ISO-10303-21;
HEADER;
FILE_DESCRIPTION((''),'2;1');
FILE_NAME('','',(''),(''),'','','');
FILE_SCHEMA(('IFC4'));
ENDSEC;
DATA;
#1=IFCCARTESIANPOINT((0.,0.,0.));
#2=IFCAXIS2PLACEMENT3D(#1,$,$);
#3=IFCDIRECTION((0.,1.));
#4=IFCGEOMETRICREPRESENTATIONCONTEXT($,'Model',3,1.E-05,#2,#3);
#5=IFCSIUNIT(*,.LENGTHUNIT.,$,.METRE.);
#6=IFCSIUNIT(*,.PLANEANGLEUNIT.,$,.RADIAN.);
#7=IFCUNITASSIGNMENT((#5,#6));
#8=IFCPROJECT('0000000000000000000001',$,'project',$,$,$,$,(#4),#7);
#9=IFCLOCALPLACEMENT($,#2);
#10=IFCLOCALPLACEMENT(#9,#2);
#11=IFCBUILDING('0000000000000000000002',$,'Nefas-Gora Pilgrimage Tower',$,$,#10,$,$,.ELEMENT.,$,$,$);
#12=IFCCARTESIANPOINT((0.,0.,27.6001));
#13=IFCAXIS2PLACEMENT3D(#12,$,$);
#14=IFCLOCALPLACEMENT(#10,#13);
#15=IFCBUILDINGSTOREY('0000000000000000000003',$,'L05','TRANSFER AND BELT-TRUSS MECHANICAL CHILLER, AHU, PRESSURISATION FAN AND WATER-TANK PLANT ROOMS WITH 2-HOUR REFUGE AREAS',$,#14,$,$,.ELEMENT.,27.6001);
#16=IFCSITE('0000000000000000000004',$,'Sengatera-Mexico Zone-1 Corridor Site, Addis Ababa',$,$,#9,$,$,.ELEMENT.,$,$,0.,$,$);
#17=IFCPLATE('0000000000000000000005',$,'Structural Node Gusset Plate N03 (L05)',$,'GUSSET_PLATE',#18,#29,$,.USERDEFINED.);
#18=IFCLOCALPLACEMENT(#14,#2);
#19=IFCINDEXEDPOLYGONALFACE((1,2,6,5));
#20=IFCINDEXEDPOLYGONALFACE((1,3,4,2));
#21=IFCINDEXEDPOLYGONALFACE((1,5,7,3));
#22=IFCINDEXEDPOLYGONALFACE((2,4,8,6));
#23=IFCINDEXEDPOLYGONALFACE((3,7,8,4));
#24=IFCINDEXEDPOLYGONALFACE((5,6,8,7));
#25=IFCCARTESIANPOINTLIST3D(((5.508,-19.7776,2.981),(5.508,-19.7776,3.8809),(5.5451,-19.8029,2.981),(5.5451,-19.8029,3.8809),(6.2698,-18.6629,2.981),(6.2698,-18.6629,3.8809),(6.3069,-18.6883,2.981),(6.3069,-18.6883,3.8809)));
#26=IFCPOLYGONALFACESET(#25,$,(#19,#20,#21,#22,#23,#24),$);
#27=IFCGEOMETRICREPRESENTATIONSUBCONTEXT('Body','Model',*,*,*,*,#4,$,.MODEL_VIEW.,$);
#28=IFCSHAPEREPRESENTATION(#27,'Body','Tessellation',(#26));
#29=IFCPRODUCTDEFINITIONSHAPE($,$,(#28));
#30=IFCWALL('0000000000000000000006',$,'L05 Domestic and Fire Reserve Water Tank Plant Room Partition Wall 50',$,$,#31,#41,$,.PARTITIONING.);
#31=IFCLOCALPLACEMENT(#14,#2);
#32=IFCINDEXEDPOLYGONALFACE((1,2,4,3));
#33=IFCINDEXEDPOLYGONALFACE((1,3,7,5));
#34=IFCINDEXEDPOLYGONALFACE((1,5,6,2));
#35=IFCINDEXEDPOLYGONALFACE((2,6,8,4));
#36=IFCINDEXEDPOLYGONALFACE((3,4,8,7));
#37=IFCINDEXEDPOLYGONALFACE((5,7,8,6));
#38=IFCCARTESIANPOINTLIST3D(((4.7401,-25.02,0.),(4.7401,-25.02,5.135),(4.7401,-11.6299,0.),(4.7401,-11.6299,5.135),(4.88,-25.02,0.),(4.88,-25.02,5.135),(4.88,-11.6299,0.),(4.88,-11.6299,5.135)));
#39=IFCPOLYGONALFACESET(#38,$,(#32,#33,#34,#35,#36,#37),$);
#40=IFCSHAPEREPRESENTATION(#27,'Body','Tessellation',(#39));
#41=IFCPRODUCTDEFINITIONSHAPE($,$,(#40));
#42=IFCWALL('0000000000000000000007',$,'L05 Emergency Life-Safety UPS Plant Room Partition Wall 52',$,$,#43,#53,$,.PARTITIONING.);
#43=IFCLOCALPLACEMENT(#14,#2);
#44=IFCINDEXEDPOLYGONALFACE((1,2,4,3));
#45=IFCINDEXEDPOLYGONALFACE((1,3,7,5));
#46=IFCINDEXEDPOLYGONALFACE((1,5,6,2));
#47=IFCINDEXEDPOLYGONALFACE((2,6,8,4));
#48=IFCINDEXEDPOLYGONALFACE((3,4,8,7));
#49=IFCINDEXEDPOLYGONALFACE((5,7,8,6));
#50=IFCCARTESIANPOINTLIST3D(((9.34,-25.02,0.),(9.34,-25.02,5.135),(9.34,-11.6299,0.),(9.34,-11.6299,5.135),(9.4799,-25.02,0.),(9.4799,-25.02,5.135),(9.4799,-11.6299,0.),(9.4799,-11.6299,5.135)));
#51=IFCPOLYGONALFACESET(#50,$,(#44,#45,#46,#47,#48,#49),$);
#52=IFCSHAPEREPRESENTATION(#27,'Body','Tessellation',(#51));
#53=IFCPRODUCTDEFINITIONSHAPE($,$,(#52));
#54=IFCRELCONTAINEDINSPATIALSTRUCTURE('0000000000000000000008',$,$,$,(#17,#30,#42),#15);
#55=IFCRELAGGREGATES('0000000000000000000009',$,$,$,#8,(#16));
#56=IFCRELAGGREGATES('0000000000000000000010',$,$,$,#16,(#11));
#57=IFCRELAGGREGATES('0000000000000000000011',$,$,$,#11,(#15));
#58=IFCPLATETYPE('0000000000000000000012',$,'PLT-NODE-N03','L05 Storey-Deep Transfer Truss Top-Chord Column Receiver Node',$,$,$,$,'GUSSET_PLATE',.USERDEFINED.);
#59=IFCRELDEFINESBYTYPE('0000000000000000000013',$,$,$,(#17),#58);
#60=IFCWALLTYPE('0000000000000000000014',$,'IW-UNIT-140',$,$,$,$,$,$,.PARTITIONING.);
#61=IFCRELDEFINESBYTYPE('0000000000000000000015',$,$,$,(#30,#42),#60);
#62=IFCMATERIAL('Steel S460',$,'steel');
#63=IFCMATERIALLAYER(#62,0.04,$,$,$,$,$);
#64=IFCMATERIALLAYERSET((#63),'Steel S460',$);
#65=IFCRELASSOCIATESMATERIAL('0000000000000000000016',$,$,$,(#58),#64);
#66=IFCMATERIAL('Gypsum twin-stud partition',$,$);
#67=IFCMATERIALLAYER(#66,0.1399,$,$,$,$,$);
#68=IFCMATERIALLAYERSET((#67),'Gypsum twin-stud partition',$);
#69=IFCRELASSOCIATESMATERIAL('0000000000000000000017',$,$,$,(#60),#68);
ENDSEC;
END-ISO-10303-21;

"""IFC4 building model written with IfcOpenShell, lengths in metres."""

from ifc_helpers import new_model, si_unit, direction, frame, frame_2d, origin, origin_2d, place, context, subcontext, project, spatial, rectangle, extrude, source, transform, mapped, material, layer, layer_set, type_object, element, save


model = new_model("IFC4")

# Units and contexts
model_context = context("Model", 3, precision=1e-05, world=origin(), true_north=direction((0.0, 1.0)))
body_context = subcontext(model_context, "Body", "Model", "MODEL_VIEW")
ifc_project = project(units=[si_unit("LENGTHUNIT", "METRE"), si_unit("PLANEANGLEUNIT", "RADIAN")], contexts=[model_context])

# Site, building, storey
site_placement = place(None, origin())
site = spatial("IfcSite", under=ifc_project, at=site_placement, Name="Sengatera-Mexico Zone-1 Corridor Site, Addis Ababa", CompositionType="ELEMENT", RefElevation=0.0)
building_placement = place(site_placement, origin())
building = spatial("IfcBuilding", under=site, at=building_placement, Name="Nefas-Gora Pilgrimage Tower", CompositionType="ELEMENT")
storey_placement = place(building_placement, frame((0.0, 0.0, 27.6001)))
storey = spatial("IfcBuildingStorey", under=building, at=storey_placement, Name="L05", Description="TRANSFER AND BELT-TRUSS MECHANICAL CHILLER, AHU, PRESSURISATION FAN AND WATER-TANK PLANT ROOMS WITH 2-HOUR REFUGE AREAS", CompositionType="ELEMENT", Elevation=27.6001)

# Shared definitions
ifc_material_1 = material(Name="Steel S460", Category="steel")

# Plate
ifc_layer_1 = layer(ifc_material_1, 0.04)
ifc_layer_set_1 = layer_set([ifc_layer_1], Name="Steel S460")
plate_type_1 = type_object("IfcPlateType", Name="PLT-NODE-N03", Description="L05 Storey-Deep Transfer Truss Top-Chord Column Receiver Node", ElementType="GUSSET_PLATE", PredefinedType="USERDEFINED", material=ifc_layer_set_1)
shared_shape_1 = source(origin(), body_context, "Body", "SweptSolid", [
    extrude(rectangle(XDim=1.3501, YDim=0.0449, at=origin_2d()), origin(), (0.0, 0.0, 1.0), 0.8999),
])
plate_1_placement = place(storey_placement, frame((5.9075, -19.2329, 2.981), z_axis=(0.0, 0.0, 1.0), x_axis=(-0.564247, -0.825606, 0.0)))
element("IfcPlate", 1, at=plate_1_placement, inside=storey, type_object=plate_type_1, Name="Structural Node Gusset Plate N03 (L05)", ObjectType="GUSSET_PLATE", PredefinedType="USERDEFINED", context=body_context, shape_type="MappedRepresentation", body=[
    mapped(shared_shape_1, transform((0.0, 0.0, 0.0), x_axis=(1.0, 0.0, 0.0), y_axis=(0.0, 1.0, 0.0), z_axis=(0.0, 0.0, 1.0), scale=1.0)),
])

# Walls
ifc_material_2 = material(Name="Gypsum twin-stud partition")
ifc_layer_2 = layer(ifc_material_2, 0.1399)
ifc_layer_set_2 = layer_set([ifc_layer_2], Name="Gypsum twin-stud partition")
wall_type = type_object("IfcWallType", Name="IW-UNIT-140", PredefinedType="PARTITIONING", material=ifc_layer_set_2)
shared_shape_2 = source(origin(), body_context, "Body", "SweptSolid", [
    extrude(rectangle(XDim=13.3901, YDim=0.1399, at=frame_2d((6.6951, 0.0))), origin(), (0.0, 0.0, 1.0), 5.135),
])
for number, where, z_axis, x_axis, name in (
    (2, (4.8101, -25.02, 0.0), (0.0, 0.0, 1.0), (0.0, 1.0, 0.0), "L05 Domestic and Fire Reserve Water Tank Plant Room Partition Wall 50"),
    (3, (9.4099, -25.02, 0.0), (0.0, 0.0, 1.0), (0.0, 1.0, 0.0), "L05 Emergency Life-Safety UPS Plant Room Partition Wall 52"),
):
    element("IfcWall", number, at=place(storey_placement, frame(where, z_axis=z_axis, x_axis=x_axis)), inside=storey, type_object=wall_type, Name=name, PredefinedType="PARTITIONING", context=body_context, shape_type="MappedRepresentation", body=[
        mapped(shared_shape_2, transform((0.0, 0.0, 0.0), x_axis=(1.0, 0.0, 0.0), y_axis=(0.0, 1.0, 0.0), z_axis=(0.0, 0.0, 1.0), scale=1.0)),
    ])

save(model, "model.ifc")
